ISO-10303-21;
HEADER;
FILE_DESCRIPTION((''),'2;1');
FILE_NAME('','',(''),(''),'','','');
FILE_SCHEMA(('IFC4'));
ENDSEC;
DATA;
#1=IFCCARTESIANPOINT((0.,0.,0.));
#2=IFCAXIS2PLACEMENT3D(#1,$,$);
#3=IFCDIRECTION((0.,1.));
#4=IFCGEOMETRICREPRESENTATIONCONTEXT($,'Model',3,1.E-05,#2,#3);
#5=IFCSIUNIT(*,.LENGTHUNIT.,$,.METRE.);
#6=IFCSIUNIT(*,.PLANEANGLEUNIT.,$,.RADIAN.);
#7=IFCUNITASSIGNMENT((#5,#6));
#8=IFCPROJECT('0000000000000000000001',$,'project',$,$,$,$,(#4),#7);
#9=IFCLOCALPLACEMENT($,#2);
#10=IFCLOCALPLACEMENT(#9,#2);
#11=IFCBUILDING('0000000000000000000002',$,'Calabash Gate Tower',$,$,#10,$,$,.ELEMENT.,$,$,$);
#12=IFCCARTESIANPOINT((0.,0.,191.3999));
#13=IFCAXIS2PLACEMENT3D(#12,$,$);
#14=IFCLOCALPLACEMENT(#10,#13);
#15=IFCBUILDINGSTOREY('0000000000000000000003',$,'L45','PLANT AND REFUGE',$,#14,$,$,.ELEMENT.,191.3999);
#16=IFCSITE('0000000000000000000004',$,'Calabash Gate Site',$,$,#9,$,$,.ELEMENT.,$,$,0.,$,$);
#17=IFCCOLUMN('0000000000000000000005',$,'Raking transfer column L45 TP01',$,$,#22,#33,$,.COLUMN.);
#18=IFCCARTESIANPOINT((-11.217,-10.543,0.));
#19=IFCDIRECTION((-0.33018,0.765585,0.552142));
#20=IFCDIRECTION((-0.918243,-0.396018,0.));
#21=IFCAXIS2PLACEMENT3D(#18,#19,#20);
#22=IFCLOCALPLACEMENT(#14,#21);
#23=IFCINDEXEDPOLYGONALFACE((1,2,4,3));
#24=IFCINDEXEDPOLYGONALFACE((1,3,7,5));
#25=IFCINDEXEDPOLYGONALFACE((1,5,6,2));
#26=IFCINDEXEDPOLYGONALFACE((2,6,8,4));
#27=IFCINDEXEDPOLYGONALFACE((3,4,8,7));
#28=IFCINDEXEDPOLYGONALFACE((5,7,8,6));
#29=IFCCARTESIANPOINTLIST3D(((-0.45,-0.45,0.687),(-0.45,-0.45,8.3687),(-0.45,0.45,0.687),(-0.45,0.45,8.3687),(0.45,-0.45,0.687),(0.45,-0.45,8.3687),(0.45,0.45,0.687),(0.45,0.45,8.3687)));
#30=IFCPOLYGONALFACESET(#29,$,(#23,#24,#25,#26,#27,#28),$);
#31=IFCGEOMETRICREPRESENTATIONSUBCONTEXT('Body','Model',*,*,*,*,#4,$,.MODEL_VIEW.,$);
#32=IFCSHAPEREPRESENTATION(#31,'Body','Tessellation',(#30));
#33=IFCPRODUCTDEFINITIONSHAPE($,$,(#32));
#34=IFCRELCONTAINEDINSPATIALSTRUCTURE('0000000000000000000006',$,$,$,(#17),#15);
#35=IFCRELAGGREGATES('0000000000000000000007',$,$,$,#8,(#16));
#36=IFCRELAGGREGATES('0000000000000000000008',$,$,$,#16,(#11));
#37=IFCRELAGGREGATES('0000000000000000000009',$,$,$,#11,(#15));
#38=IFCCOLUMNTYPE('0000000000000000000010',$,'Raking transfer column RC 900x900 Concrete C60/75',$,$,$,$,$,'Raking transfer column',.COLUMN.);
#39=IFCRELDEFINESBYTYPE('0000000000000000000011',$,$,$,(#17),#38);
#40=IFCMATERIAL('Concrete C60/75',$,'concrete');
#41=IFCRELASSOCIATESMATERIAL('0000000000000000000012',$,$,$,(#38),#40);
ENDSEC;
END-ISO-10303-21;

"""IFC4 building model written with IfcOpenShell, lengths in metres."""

from ifc_helpers import new_model, si_unit, direction, frame, origin, origin_2d, place, context, subcontext, project, spatial, rectangle, extrude, clip, halfspace, material, material_profile, profile_set, type_object, element, save


model = new_model("IFC4")

# Units and contexts
model_context = context("Model", 3, precision=1e-05, world=origin(), true_north=direction((0.0, 1.0)))
body_context = subcontext(model_context, "Body", "Model", "MODEL_VIEW")
ifc_project = project(units=[si_unit("LENGTHUNIT", "METRE"), si_unit("PLANEANGLEUNIT", "RADIAN")], contexts=[model_context])

# Site, building, storey
site_placement = place(None, origin())
site = spatial("IfcSite", under=ifc_project, at=site_placement, Name="Calabash Gate Site", CompositionType="ELEMENT", RefElevation=0.0)
building_placement = place(site_placement, origin())
building = spatial("IfcBuilding", under=site, at=building_placement, Name="Calabash Gate Tower", CompositionType="ELEMENT")
storey_placement = place(building_placement, frame((0.0, 0.0, 191.3999)))
storey = spatial("IfcBuildingStorey", under=building, at=storey_placement, Name="L45", Description="PLANT AND REFUGE", CompositionType="ELEMENT", Elevation=191.3999)

# Column
ifc_material_1 = material(Name="Concrete C60/75", Category="concrete")
ifc_material_profile_1 = material_profile(ifc_material_1, rectangle(XDim=0.8999, YDim=0.8999, at=origin_2d()))
ifc_profile_set_1 = profile_set([ifc_material_profile_1], Name="Concrete C60/75")
column_type = type_object("IfcColumnType", Name="Raking transfer column RC 900x900 Concrete C60/75", ElementType="Raking transfer column", PredefinedType="COLUMN", material=ifc_profile_set_1)
column_placement = place(storey_placement, frame((-11.217, -10.543, 0.0), z_axis=(-0.33018, 0.765585, 0.552142), x_axis=(-0.918243, -0.396018, 0.0)))
element("IfcColumn", 1, at=column_placement, inside=storey, type_object=column_type, Name="Raking transfer column L45 TP01", PredefinedType="COLUMN", context=body_context, shape_type="Clipping", body=[
    clip(clip(extrude(rectangle(XDim=0.8999, YDim=0.8999, at=origin_2d()), origin(), (0.0, 0.0, 1.0), 9.0557), halfspace(frame((0.0, 0.0, 0.687), z_axis=(0.0, 0.0, 1.0), x_axis=(1.0, 0.0, 0.0)), True)), halfspace(frame((0.0, 0.0, 8.3687), z_axis=(0.0, 0.0, 1.0), x_axis=(1.0, 0.0, 0.0)), False)),
])

save(model, "model.ifc")
